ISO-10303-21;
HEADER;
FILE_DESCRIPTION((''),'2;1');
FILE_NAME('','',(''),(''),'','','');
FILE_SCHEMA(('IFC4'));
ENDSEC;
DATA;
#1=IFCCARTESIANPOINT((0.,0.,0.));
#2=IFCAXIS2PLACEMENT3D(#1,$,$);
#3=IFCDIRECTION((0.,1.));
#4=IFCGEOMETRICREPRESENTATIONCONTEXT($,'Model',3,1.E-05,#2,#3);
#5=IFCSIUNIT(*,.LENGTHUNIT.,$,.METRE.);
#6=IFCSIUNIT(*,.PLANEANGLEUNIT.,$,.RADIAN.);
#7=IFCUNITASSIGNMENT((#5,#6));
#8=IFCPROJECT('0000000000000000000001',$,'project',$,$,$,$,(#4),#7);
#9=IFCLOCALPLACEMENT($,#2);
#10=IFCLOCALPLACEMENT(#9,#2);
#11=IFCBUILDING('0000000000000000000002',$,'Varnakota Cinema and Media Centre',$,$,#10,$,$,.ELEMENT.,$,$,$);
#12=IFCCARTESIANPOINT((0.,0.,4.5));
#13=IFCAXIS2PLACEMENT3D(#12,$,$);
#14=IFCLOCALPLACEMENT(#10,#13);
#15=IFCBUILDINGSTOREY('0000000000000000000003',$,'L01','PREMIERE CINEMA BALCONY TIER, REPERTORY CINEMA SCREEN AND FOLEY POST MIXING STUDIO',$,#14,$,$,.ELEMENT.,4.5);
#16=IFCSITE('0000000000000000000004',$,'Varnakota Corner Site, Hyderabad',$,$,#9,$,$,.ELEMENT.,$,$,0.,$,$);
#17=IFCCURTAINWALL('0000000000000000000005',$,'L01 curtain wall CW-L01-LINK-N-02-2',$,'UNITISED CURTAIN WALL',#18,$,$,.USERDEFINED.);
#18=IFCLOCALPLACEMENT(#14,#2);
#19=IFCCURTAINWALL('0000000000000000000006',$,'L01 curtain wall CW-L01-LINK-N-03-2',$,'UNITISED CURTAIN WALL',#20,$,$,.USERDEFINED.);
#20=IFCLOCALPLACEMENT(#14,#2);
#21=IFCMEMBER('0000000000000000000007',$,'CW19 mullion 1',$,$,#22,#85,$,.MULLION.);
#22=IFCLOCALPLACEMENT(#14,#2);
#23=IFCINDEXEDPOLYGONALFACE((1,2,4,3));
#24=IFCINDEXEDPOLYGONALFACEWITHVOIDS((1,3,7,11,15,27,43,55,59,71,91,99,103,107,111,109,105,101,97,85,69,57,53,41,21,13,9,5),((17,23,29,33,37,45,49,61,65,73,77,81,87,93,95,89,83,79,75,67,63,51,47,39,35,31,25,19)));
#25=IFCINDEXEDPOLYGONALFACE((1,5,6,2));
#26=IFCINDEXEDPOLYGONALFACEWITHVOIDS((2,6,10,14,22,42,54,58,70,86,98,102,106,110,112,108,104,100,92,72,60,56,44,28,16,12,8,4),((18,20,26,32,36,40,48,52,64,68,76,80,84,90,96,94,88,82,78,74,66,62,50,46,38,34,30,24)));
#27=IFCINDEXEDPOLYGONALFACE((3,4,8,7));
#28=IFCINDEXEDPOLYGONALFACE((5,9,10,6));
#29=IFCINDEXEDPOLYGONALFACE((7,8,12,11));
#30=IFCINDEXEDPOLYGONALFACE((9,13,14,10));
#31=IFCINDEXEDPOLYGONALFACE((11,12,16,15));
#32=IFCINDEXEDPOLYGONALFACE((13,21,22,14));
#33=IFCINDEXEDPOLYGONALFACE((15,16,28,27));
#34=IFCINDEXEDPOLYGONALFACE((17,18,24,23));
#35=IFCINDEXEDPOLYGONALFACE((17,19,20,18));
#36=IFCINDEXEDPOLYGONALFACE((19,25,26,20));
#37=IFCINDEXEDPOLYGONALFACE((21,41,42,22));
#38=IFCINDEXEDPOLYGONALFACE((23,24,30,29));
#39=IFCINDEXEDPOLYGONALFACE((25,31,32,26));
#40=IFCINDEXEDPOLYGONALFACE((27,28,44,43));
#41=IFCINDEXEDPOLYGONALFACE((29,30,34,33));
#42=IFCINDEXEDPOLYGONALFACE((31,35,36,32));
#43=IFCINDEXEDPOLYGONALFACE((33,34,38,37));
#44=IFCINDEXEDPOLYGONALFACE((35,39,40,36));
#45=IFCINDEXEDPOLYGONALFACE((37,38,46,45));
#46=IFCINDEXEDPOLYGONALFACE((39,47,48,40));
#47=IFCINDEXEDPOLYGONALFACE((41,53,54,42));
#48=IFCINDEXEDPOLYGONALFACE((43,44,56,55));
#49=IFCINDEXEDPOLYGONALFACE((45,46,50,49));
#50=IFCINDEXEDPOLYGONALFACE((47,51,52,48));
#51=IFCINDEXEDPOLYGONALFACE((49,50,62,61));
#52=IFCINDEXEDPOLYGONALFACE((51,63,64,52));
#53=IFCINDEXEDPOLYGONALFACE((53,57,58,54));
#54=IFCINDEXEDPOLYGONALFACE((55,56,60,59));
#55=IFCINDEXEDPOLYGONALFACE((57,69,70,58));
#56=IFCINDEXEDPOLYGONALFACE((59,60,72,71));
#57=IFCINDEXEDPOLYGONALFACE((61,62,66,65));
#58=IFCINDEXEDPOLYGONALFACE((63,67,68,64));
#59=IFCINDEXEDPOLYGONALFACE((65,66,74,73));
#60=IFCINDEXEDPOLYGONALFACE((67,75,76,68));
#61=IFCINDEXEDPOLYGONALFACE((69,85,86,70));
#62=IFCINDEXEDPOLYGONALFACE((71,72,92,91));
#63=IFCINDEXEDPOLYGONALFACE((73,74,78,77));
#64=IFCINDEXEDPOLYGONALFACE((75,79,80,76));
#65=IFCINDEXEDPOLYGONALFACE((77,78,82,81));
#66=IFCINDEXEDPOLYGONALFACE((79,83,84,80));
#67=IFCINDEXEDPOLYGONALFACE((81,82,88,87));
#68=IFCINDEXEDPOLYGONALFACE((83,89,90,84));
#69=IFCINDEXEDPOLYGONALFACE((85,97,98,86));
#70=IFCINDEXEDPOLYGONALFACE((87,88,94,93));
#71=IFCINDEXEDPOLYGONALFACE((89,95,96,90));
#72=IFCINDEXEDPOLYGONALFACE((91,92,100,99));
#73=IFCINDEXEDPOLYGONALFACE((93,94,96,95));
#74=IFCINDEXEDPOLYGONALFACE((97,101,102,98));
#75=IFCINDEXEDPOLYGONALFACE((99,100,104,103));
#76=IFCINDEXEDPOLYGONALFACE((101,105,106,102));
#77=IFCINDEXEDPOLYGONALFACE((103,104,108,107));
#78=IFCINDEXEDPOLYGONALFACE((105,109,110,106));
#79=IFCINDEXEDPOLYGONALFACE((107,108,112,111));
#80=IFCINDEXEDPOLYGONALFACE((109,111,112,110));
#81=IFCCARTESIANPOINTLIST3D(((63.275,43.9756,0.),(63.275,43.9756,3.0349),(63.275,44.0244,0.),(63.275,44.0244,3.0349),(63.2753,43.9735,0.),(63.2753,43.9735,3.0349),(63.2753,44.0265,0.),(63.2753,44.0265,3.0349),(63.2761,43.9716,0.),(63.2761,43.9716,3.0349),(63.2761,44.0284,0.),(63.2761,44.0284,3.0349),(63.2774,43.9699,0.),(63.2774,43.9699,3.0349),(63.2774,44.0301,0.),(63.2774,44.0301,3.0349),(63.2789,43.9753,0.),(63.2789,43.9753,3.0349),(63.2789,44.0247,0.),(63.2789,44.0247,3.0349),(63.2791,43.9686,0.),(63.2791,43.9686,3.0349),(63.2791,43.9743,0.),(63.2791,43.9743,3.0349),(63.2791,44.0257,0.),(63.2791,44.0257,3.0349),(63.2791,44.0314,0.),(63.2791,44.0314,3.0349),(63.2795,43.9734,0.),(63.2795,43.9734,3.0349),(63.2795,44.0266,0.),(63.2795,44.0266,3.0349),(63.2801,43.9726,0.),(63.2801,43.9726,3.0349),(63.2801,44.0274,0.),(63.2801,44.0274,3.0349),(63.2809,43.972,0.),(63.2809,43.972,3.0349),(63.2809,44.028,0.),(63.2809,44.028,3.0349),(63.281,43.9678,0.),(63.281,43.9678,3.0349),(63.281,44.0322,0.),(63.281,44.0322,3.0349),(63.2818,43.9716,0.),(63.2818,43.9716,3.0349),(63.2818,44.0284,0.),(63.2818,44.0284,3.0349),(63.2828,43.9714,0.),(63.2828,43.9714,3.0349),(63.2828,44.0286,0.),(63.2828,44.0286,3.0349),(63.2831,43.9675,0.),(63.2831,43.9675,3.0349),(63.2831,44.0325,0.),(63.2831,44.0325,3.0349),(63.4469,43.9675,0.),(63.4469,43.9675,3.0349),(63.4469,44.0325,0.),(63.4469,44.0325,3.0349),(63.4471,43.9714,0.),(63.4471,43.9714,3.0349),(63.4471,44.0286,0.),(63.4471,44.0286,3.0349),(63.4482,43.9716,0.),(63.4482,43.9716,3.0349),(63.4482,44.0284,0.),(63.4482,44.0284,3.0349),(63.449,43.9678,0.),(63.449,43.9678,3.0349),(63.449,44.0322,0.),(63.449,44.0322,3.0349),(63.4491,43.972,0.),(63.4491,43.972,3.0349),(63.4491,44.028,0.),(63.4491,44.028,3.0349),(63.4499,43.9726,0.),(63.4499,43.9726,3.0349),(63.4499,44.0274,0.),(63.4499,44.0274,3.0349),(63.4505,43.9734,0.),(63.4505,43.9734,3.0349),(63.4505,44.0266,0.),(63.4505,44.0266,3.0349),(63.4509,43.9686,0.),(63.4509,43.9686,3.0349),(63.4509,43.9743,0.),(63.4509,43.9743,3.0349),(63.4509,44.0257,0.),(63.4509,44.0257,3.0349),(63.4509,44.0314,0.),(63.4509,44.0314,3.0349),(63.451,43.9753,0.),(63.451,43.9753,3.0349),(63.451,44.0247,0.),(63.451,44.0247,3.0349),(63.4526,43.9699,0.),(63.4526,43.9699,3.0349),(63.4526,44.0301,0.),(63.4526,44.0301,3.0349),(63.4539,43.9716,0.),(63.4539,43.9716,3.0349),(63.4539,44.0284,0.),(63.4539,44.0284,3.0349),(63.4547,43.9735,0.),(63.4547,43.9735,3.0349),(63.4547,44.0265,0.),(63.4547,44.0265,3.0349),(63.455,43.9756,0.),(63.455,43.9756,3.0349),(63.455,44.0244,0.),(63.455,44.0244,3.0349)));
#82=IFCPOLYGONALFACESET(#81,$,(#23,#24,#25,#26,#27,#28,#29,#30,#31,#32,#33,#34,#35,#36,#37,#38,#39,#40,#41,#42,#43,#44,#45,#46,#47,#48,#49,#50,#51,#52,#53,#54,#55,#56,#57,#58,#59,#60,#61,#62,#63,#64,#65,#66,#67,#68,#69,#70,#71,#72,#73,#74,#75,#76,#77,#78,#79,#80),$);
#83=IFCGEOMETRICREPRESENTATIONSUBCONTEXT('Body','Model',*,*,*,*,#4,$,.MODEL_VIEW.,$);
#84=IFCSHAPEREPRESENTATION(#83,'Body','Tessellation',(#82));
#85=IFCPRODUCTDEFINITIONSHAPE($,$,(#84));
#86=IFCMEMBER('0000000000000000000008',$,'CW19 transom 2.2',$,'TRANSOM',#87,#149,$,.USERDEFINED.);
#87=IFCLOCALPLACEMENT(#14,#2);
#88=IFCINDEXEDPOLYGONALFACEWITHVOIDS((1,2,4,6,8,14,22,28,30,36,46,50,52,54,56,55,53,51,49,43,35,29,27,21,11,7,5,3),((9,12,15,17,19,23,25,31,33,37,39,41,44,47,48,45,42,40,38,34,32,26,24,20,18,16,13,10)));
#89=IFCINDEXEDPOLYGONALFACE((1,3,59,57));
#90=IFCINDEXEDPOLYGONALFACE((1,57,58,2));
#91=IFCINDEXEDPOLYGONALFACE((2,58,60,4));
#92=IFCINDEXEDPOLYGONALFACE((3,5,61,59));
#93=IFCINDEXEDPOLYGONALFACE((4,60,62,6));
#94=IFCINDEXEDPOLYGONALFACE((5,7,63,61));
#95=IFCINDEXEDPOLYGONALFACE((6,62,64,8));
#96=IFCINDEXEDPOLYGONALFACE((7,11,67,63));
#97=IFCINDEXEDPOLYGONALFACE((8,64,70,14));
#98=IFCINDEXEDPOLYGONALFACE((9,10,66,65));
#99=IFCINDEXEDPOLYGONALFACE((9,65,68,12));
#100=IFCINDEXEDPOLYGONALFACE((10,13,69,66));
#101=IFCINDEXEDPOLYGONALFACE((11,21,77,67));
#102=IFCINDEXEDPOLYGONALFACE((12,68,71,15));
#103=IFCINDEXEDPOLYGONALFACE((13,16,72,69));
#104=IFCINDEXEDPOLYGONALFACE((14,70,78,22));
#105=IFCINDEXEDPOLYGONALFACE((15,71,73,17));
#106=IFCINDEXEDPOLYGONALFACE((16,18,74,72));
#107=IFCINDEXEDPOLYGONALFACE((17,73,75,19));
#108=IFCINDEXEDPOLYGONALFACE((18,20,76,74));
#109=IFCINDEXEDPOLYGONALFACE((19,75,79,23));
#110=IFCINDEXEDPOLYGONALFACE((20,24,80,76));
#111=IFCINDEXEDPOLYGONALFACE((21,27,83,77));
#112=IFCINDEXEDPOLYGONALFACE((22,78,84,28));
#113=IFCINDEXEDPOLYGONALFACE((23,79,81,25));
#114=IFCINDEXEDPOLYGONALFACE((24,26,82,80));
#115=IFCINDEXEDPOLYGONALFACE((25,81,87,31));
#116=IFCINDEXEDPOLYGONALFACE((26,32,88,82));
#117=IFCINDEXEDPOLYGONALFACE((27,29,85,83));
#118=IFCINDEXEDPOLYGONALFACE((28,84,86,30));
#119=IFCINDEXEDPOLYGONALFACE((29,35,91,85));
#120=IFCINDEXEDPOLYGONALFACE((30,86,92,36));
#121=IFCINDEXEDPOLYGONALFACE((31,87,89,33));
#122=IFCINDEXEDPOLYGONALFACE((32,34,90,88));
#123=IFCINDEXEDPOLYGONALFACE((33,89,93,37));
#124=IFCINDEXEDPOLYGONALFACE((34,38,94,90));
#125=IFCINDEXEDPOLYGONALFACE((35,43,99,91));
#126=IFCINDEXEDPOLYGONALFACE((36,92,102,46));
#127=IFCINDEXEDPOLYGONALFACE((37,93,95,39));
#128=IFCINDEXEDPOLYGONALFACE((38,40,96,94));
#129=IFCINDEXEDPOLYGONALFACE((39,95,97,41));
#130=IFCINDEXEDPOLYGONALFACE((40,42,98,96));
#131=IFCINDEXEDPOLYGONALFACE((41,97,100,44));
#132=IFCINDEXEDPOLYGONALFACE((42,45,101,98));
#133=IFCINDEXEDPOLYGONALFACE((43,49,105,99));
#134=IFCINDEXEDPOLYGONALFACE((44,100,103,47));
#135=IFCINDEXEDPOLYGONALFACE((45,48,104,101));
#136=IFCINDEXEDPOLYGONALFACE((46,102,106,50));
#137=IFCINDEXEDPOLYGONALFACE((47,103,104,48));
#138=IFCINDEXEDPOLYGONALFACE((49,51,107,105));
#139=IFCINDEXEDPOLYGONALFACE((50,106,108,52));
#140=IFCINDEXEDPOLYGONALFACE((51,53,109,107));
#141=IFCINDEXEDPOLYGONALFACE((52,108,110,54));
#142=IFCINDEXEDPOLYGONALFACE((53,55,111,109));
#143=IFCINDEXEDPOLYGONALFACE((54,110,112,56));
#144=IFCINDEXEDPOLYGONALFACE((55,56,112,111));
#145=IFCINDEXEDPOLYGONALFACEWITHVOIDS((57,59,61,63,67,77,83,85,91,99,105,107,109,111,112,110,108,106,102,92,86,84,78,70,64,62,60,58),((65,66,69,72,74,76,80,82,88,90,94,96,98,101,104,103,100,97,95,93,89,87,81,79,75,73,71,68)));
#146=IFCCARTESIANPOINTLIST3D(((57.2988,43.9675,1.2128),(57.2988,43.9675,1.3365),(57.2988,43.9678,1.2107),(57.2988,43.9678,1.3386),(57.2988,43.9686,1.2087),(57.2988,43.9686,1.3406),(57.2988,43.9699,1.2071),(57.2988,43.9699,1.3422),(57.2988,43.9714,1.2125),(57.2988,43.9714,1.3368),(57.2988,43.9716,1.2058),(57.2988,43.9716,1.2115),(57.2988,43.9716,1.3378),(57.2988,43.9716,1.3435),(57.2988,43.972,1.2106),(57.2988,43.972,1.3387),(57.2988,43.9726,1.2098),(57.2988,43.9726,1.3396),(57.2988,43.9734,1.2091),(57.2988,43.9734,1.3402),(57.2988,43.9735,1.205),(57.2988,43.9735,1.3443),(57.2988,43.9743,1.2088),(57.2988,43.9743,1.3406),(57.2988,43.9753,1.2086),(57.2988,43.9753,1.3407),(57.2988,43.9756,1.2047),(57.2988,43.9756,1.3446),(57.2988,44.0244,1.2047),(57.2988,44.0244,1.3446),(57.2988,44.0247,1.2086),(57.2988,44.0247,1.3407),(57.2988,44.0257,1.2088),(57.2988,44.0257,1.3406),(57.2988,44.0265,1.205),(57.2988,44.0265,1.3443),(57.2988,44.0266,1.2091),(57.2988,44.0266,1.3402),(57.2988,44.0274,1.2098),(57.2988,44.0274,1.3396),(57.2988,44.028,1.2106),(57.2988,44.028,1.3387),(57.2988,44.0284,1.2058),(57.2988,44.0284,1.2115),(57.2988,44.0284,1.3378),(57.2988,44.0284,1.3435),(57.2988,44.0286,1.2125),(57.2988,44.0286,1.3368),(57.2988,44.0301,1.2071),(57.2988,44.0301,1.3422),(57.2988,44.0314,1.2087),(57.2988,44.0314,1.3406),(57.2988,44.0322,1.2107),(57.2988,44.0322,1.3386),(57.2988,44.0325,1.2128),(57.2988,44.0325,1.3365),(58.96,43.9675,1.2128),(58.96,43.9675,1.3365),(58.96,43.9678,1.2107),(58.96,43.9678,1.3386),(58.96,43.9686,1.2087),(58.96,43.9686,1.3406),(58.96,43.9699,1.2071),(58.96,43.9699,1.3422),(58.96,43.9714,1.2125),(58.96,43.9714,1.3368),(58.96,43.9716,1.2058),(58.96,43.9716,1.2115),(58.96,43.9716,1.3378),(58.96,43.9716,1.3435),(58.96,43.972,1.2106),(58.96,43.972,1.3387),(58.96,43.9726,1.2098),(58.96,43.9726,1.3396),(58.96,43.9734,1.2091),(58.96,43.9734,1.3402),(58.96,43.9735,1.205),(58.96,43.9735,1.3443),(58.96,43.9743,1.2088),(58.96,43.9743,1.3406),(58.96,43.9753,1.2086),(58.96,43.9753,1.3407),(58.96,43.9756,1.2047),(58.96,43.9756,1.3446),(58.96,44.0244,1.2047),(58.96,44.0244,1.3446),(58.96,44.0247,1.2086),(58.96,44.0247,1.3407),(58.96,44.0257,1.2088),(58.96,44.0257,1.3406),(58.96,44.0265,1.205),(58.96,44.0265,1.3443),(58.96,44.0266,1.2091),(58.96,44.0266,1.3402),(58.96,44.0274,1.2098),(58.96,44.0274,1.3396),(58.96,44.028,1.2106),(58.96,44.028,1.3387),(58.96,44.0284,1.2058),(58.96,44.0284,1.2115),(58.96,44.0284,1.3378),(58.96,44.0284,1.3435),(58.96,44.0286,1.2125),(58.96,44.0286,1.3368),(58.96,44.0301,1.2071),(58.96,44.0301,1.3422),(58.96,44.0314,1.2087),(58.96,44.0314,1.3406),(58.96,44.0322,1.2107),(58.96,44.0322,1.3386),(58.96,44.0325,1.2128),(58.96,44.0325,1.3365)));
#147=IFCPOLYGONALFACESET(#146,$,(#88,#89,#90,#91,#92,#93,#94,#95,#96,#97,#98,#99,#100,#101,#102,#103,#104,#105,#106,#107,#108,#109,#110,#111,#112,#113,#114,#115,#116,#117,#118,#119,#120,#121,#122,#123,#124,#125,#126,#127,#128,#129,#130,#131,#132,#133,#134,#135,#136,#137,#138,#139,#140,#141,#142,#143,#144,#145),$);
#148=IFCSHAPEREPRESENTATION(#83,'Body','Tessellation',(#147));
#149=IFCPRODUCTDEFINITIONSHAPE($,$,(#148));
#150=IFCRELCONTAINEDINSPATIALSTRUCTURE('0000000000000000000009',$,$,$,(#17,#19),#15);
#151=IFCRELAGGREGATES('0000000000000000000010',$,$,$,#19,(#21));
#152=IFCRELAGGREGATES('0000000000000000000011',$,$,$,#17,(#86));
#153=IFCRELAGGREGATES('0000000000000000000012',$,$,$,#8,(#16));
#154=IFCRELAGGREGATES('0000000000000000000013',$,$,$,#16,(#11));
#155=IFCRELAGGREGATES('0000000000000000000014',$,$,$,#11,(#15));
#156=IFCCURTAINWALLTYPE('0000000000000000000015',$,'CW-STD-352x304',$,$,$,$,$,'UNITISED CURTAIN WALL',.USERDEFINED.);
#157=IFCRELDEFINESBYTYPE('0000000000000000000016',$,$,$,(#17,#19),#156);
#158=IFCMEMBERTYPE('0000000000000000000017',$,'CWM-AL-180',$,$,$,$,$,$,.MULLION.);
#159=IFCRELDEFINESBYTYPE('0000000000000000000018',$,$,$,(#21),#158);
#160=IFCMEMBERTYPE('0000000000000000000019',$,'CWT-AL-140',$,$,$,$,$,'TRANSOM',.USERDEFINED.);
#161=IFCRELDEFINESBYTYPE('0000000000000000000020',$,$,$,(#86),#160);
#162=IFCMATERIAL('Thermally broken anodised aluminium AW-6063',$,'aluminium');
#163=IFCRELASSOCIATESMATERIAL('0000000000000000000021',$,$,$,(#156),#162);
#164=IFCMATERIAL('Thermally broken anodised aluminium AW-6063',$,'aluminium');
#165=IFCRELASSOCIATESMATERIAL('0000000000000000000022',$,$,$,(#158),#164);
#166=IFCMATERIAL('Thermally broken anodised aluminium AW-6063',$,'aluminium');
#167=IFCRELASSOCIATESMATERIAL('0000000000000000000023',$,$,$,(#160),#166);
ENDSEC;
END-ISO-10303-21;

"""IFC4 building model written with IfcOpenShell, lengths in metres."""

from ifc_helpers import new_model, si_unit, direction, frame, origin, origin_2d, place, context, subcontext, project, spatial, hollow_rectangle, extrude, material, material_profile, profile_set, type_object, element, aggregate, save


model = new_model("IFC4")

# Units and contexts
model_context = context("Model", 3, precision=1e-05, world=origin(), true_north=direction((0.0, 1.0)))
body_context = subcontext(model_context, "Body", "Model", "MODEL_VIEW")
ifc_project = project(units=[si_unit("LENGTHUNIT", "METRE"), si_unit("PLANEANGLEUNIT", "RADIAN")], contexts=[model_context])

# Site, building, storey
site_placement = place(None, origin())
site = spatial("IfcSite", under=ifc_project, at=site_placement, Name="Varnakota Corner Site, Hyderabad", CompositionType="ELEMENT", RefElevation=0.0)
building_placement = place(site_placement, origin())
building = spatial("IfcBuilding", under=site, at=building_placement, Name="Varnakota Cinema and Media Centre", CompositionType="ELEMENT")
storey_placement = place(building_placement, frame((0.0, 0.0, 4.5)))
storey = spatial("IfcBuildingStorey", under=building, at=storey_placement, Name="L01", Description="PREMIERE CINEMA BALCONY TIER, REPERTORY CINEMA SCREEN AND FOLEY POST MIXING STUDIO", CompositionType="ELEMENT", Elevation=4.5)

# Curtain wall
ifc_material_1 = material(Name="Thermally broken anodised aluminium AW-6063", Category="aluminium")
curtain_wall_type = type_object("IfcCurtainWallType", Name="CW-STD-352x304", ElementType="UNITISED CURTAIN WALL", PredefinedType="USERDEFINED", material=ifc_material_1)
curtain_wall_1_placement = place(storey_placement, origin())
curtain_wall_1 = element("IfcCurtainWall", 1, at=curtain_wall_1_placement, inside=storey, type_object=curtain_wall_type, Name="L01 curtain wall CW-L01-LINK-N-02-2", ObjectType="UNITISED CURTAIN WALL", PredefinedType="USERDEFINED")
ifc_material_2 = material(Name="Thermally broken anodised aluminium AW-6063", Category="aluminium")
ifc_material_profile_1 = material_profile(ifc_material_2, hollow_rectangle(XDim=0.0649, YDim=0.1799, WallThickness=0.0039, InnerFilletRadius=0.0039, OuterFilletRadius=0.0081, at=origin_2d()), Name="AL-MULLION 180x65x4")
ifc_profile_set_1 = profile_set([ifc_material_profile_1], Name="Thermally broken anodised aluminium AW-6063")
member_type_1 = type_object("IfcMemberType", Name="CWM-AL-180", PredefinedType="MULLION", material=ifc_profile_set_1)

# Curtain wall, member
curtain_wall_2_placement = place(storey_placement, origin())
curtain_wall_2 = element("IfcCurtainWall", 2, at=curtain_wall_2_placement, inside=storey, type_object=curtain_wall_type, Name="L01 curtain wall CW-L01-LINK-N-03-2", ObjectType="UNITISED CURTAIN WALL", PredefinedType="USERDEFINED")
member_1_placement = place(storey_placement, frame((63.365, 44.0, 0.0), z_axis=(0.0, 0.0, 1.0), x_axis=(0.0, 1.0, 0.0)))
member_1 = element("IfcMember", 3, at=member_1_placement, type_object=member_type_1, Name="CW19 mullion 1", PredefinedType="MULLION", context=body_context, shape_type="SweptSolid", body=[
    extrude(hollow_rectangle(XDim=0.0649, YDim=0.1799, WallThickness=0.0039, InnerFilletRadius=0.0039, OuterFilletRadius=0.0081, at=origin_2d()), origin(), (0.0, 0.0, 1.0), 3.0349),
])

# Member
ifc_material_3 = material(Name="Thermally broken anodised aluminium AW-6063", Category="aluminium")
ifc_material_profile_2 = material_profile(ifc_material_3, hollow_rectangle(XDim=0.0649, YDim=0.1399, WallThickness=0.0039, InnerFilletRadius=0.0039, OuterFilletRadius=0.0081, at=origin_2d()), Name="AL-TRANSOM 140x65x4")
ifc_profile_set_2 = profile_set([ifc_material_profile_2], Name="Thermally broken anodised aluminium AW-6063")
member_type_2 = type_object("IfcMemberType", Name="CWT-AL-140", ElementType="TRANSOM", PredefinedType="USERDEFINED", material=ifc_profile_set_2)
member_2_placement = place(storey_placement, frame((57.2988, 44.0, 1.2747), z_axis=(1.0, 0.0, 0.0), x_axis=(0.0, 1.0, 0.0)))
member_2 = element("IfcMember", 4, at=member_2_placement, type_object=member_type_2, Name="CW19 transom 2.2", ObjectType="TRANSOM", PredefinedType="USERDEFINED", context=body_context, shape_type="SweptSolid", body=[
    extrude(hollow_rectangle(XDim=0.0649, YDim=0.1399, WallThickness=0.0039, InnerFilletRadius=0.0039, OuterFilletRadius=0.0081, at=origin_2d()), origin(), (0.0, 0.0, 1.0), 1.6611),
])
aggregate(curtain_wall_2, [member_1])

aggregate(curtain_wall_1, [member_2])

save(model, "model.ifc")
